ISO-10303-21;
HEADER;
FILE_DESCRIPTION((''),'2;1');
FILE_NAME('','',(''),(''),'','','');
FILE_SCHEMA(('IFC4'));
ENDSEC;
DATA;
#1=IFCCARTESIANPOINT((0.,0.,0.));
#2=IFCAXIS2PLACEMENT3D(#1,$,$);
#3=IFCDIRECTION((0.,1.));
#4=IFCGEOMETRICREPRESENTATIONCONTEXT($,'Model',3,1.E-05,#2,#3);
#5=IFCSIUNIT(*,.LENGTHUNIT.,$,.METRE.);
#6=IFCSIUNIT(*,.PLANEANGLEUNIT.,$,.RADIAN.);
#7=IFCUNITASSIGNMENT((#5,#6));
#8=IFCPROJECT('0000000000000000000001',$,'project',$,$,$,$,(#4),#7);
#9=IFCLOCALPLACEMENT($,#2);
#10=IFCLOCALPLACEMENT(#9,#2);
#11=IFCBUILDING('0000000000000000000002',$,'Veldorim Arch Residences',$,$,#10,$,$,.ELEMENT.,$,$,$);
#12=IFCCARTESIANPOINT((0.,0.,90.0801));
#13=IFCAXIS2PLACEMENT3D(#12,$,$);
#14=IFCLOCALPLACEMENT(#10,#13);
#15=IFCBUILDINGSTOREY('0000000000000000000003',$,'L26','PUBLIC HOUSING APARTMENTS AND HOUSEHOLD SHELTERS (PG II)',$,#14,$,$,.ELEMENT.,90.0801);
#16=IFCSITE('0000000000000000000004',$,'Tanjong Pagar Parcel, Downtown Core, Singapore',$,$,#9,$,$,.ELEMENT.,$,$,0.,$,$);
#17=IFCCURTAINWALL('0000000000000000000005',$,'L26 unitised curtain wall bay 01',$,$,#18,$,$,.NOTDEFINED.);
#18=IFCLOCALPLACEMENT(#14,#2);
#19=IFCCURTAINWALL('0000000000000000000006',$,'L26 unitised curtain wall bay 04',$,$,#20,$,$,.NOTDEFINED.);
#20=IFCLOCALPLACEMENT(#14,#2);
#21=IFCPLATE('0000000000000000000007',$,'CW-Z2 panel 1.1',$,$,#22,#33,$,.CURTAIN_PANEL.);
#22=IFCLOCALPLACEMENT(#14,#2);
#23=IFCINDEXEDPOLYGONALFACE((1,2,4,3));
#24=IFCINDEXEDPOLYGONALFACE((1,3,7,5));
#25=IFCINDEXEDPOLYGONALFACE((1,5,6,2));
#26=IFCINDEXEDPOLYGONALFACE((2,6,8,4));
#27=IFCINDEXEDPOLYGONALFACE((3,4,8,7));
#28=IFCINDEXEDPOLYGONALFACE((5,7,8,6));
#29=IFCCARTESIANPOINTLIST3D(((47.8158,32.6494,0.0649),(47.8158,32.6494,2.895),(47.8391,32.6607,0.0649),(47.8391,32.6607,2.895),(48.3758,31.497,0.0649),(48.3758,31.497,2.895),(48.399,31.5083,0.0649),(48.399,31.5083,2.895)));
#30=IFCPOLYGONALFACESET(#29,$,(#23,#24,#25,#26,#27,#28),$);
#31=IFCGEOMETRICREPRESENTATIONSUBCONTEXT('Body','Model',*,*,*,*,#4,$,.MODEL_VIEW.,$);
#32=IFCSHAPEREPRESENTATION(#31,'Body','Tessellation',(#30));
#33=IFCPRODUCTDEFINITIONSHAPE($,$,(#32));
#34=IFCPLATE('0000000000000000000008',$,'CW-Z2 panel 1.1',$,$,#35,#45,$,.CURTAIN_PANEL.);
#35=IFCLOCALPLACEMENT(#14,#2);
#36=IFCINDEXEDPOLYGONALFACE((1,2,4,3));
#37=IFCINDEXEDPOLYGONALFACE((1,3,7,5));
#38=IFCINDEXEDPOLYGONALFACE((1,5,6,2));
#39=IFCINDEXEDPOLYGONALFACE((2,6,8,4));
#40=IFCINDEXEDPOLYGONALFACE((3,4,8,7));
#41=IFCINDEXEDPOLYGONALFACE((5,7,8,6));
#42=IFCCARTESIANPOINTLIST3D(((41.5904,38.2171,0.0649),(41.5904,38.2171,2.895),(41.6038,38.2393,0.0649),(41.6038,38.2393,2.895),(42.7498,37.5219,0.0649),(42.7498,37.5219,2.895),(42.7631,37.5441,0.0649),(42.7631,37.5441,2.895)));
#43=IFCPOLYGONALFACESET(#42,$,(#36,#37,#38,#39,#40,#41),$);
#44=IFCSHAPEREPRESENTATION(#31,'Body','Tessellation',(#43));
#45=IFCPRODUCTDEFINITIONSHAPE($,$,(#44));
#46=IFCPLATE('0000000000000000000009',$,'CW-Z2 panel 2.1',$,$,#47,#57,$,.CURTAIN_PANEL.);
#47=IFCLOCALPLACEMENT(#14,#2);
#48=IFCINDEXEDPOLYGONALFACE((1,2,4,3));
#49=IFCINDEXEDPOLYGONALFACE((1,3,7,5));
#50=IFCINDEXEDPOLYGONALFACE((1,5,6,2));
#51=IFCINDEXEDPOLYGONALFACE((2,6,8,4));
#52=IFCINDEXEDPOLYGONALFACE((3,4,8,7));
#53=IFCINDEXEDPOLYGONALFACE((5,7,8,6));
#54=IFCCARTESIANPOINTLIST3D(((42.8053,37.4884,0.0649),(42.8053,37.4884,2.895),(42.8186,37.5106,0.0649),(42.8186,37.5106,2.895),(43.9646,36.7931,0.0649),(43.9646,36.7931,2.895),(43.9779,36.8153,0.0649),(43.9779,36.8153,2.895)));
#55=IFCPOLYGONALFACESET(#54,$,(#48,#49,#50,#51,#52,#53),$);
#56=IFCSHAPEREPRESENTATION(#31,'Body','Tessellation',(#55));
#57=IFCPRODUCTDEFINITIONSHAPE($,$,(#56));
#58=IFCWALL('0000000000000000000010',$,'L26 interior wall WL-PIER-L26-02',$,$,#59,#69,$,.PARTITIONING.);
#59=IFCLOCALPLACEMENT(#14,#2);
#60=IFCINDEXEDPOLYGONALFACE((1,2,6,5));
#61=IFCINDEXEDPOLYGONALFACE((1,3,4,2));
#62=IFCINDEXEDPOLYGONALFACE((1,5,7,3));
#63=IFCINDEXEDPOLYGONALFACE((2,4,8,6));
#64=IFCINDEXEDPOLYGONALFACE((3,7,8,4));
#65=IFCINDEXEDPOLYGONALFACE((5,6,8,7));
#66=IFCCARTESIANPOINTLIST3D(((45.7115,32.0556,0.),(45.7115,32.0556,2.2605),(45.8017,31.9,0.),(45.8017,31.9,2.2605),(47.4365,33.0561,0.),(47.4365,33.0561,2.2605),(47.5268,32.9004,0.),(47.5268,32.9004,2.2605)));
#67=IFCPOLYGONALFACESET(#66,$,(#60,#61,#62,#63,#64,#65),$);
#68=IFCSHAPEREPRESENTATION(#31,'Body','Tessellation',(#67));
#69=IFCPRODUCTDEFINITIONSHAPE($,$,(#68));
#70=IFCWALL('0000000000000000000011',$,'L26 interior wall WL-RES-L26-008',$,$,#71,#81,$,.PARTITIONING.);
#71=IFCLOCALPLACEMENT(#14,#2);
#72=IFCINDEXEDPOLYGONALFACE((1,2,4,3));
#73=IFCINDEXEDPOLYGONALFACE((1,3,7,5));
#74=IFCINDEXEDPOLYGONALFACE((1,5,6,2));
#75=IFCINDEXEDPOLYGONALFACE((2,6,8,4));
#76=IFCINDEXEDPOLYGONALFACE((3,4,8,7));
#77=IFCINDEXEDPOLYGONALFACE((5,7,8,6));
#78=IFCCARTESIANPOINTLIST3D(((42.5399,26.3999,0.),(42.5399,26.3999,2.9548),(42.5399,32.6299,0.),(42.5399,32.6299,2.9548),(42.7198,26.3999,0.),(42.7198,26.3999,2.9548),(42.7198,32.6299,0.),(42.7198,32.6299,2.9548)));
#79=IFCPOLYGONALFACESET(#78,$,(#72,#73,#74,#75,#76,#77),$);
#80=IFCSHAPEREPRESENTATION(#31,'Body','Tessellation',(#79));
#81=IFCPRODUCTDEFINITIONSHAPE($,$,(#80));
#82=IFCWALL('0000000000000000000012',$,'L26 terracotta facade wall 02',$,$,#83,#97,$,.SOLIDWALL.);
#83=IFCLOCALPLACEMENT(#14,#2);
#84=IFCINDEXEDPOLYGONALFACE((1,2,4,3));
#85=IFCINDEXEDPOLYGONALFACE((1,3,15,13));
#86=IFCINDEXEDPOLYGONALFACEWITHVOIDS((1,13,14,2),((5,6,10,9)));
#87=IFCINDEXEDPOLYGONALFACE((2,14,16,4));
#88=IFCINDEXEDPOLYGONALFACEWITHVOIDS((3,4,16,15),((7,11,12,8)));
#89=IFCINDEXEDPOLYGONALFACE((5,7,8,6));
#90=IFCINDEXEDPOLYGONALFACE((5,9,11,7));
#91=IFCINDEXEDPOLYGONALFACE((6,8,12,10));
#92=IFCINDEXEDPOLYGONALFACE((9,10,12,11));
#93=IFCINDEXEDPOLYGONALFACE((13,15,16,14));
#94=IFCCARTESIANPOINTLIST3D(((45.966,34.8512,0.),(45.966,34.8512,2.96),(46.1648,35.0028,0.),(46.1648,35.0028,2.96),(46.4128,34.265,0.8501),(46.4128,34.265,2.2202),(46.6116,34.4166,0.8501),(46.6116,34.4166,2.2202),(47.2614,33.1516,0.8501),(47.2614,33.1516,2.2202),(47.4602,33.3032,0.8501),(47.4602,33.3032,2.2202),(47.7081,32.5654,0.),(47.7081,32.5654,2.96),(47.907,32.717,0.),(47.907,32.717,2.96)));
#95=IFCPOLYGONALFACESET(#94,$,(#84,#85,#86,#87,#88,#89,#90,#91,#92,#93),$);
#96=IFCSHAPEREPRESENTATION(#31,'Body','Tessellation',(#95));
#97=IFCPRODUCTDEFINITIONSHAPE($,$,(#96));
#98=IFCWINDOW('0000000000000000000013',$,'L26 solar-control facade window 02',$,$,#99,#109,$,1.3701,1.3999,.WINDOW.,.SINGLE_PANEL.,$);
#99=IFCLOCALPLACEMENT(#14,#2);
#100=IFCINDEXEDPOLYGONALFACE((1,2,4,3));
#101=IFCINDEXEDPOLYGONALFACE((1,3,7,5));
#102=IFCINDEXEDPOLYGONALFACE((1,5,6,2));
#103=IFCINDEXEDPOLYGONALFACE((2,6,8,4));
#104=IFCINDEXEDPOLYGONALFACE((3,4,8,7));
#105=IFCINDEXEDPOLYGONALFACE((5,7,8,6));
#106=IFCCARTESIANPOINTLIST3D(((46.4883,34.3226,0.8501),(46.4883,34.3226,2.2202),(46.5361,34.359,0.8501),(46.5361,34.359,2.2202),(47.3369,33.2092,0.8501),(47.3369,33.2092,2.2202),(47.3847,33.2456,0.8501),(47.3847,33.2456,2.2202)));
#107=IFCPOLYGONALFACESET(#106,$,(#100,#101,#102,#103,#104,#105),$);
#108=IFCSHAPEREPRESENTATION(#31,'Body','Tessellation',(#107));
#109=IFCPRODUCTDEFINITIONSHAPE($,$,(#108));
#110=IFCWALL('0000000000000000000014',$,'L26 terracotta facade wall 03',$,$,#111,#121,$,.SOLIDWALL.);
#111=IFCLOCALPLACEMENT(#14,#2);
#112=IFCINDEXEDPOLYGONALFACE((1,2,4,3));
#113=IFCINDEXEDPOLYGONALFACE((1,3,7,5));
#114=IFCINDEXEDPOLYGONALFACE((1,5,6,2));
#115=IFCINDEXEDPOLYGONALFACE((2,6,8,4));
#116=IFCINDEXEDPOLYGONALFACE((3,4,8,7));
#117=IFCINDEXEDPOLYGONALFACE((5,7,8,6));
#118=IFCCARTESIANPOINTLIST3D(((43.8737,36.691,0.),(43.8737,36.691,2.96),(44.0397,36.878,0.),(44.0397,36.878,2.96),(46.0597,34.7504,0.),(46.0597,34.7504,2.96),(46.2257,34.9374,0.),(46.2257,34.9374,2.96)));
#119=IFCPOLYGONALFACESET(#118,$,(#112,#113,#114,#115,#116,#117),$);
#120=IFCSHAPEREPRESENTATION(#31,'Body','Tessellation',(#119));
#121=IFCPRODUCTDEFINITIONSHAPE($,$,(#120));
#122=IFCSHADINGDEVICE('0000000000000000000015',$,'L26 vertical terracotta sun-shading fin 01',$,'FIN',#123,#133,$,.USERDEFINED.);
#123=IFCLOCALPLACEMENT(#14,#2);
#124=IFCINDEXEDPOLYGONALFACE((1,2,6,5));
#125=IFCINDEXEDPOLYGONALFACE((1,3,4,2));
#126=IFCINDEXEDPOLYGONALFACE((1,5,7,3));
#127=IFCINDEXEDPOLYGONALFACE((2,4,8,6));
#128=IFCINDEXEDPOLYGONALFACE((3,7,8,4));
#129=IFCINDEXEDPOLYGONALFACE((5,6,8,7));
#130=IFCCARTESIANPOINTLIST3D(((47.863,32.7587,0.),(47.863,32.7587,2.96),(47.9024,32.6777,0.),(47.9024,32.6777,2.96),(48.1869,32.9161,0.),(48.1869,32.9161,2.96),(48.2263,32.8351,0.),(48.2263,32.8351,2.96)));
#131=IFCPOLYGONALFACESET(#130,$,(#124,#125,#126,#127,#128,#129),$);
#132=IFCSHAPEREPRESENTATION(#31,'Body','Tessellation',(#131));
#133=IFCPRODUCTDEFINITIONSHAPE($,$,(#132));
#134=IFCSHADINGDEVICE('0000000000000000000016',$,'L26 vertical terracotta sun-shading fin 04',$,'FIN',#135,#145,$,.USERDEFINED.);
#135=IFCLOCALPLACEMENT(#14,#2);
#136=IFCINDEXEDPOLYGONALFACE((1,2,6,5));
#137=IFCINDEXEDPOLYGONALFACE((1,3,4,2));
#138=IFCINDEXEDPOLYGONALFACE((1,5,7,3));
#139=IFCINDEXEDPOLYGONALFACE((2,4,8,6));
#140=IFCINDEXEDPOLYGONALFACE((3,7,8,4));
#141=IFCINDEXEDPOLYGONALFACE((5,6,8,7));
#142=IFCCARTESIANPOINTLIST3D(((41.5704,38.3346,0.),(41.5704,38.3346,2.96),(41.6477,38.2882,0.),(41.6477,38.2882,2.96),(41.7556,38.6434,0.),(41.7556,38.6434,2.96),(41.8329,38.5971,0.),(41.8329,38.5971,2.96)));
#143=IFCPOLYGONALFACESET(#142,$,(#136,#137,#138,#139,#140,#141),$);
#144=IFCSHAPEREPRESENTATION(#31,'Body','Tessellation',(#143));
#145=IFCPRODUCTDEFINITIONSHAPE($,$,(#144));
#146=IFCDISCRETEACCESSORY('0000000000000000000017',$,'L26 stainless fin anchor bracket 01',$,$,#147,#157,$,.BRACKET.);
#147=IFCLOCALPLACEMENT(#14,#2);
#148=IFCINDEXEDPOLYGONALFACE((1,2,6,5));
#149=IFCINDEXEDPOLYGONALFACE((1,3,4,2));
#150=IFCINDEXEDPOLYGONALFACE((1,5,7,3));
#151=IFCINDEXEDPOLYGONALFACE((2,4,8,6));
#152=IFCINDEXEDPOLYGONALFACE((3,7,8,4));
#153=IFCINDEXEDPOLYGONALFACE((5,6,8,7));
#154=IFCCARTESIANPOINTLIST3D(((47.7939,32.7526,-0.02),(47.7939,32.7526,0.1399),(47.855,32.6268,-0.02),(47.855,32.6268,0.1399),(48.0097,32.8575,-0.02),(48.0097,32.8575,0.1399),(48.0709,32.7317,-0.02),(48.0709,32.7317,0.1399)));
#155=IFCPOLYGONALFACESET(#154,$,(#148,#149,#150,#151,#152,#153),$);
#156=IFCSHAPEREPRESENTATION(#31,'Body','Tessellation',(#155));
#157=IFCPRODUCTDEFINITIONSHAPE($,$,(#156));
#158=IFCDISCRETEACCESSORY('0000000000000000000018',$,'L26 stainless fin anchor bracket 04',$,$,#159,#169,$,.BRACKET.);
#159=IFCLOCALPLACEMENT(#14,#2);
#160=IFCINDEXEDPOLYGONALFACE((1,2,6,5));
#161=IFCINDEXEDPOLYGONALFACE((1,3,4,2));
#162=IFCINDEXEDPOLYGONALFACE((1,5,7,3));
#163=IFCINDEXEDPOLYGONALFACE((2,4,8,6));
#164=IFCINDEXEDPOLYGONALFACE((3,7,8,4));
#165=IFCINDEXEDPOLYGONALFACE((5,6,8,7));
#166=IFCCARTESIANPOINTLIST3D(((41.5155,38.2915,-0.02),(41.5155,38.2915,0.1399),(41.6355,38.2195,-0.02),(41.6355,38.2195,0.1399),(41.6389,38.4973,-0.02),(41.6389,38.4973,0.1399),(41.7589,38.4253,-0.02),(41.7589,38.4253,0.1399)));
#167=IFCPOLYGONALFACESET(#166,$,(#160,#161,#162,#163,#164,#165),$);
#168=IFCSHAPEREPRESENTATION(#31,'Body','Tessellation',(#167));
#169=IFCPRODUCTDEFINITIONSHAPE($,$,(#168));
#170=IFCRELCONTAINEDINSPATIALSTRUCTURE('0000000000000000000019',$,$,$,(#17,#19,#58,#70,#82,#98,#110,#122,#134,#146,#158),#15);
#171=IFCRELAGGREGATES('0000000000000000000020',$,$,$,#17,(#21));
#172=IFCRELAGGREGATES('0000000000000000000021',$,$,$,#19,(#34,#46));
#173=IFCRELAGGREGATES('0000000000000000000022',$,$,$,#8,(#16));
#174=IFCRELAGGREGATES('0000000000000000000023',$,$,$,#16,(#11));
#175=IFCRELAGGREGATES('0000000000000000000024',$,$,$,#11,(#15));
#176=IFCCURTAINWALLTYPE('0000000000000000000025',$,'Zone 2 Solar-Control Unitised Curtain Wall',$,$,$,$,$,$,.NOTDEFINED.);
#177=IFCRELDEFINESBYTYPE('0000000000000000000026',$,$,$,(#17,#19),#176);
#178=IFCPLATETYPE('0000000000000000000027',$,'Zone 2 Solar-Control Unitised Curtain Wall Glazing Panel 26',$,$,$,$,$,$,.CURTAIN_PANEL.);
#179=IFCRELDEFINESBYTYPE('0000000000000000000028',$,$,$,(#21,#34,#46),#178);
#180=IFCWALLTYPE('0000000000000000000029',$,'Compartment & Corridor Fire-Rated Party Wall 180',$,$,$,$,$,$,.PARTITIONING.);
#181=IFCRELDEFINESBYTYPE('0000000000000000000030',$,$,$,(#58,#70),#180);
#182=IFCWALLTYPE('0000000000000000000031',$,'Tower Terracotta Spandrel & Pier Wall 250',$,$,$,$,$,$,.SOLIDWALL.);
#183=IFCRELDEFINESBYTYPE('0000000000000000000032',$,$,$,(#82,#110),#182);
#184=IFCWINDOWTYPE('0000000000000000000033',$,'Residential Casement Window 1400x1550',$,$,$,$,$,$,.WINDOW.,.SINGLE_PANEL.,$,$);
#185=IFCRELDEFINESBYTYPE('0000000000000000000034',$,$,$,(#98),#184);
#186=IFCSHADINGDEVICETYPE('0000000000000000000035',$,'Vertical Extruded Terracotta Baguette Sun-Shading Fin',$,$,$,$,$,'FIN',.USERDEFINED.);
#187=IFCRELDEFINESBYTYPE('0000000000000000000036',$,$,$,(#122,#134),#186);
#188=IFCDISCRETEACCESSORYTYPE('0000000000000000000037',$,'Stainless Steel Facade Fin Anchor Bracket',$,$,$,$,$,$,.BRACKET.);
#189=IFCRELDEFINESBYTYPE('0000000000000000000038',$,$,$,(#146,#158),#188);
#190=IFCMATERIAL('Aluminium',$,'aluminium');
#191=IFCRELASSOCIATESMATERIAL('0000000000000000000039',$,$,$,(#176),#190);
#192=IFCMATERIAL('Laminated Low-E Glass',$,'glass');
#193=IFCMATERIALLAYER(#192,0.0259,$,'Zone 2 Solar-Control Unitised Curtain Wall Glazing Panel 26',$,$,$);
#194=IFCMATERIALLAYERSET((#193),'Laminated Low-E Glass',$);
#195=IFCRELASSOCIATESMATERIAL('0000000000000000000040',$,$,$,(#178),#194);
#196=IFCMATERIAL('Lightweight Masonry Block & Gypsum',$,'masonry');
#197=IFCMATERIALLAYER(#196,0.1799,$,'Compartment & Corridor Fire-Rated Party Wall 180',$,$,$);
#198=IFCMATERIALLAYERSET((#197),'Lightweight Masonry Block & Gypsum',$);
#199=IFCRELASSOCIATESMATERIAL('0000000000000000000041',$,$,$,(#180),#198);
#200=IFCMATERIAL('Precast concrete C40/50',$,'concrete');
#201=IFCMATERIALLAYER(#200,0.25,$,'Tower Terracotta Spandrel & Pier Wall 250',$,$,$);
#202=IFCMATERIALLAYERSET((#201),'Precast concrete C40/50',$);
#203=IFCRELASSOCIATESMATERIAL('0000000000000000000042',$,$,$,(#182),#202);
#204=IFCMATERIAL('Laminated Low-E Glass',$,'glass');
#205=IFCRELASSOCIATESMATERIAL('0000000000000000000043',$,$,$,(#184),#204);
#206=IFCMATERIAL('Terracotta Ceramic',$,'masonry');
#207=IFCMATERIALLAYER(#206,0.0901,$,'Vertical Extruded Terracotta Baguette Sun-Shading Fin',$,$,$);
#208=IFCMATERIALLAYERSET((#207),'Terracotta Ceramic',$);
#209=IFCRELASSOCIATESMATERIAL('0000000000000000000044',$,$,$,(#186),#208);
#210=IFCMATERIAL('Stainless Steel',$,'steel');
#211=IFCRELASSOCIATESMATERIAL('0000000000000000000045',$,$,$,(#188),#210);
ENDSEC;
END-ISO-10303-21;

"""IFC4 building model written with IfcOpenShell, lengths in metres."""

from ifc_helpers import new_model, si_unit, direction, frame, frame_2d, origin, origin_2d, place, context, subcontext, project, spatial, rectangle, extrude, material, layer, layer_set, type_object, element, fill, aggregate, save


model = new_model("IFC4")

# Units and contexts
model_context = context("Model", 3, precision=1e-05, world=origin(), true_north=direction((0.0, 1.0)))
body_context = subcontext(model_context, "Body", "Model", "MODEL_VIEW")
ifc_project = project(units=[si_unit("LENGTHUNIT", "METRE"), si_unit("PLANEANGLEUNIT", "RADIAN")], contexts=[model_context])

# Site, building, storey
site_placement = place(None, origin())
site = spatial("IfcSite", under=ifc_project, at=site_placement, Name="Tanjong Pagar Parcel, Downtown Core, Singapore", CompositionType="ELEMENT", RefElevation=0.0)
building_placement = place(site_placement, origin())
building = spatial("IfcBuilding", under=site, at=building_placement, Name="Veldorim Arch Residences", CompositionType="ELEMENT")
storey_placement = place(building_placement, frame((0.0, 0.0, 90.0801)))
storey = spatial("IfcBuildingStorey", under=building, at=storey_placement, Name="L26", Description="PUBLIC HOUSING APARTMENTS AND HOUSEHOLD SHELTERS (PG II)", CompositionType="ELEMENT", Elevation=90.0801)

# Curtain wall
ifc_material_1 = material(Name="Aluminium", Category="aluminium")
curtain_wall_type = type_object("IfcCurtainWallType", Name="Zone 2 Solar-Control Unitised Curtain Wall", PredefinedType="NOTDEFINED", material=ifc_material_1)
curtain_wall_1_placement = place(storey_placement, origin())
curtain_wall_1 = element("IfcCurtainWall", 1, at=curtain_wall_1_placement, inside=storey, type_object=curtain_wall_type, Name="L26 unitised curtain wall bay 01", PredefinedType="NOTDEFINED")

# Curtain wall
curtain_wall_2_placement = place(storey_placement, origin())
curtain_wall_2 = element("IfcCurtainWall", 2, at=curtain_wall_2_placement, inside=storey, type_object=curtain_wall_type, Name="L26 unitised curtain wall bay 04", PredefinedType="NOTDEFINED")

# Plates
ifc_material_2 = material(Name="Laminated Low-E Glass", Category="glass")
ifc_layer_1 = layer(ifc_material_2, 0.0259, Name="Zone 2 Solar-Control Unitised Curtain Wall Glazing Panel 26")
ifc_layer_set_1 = layer_set([ifc_layer_1], Name="Laminated Low-E Glass")
plate_type = type_object("IfcPlateType", Name="Zone 2 Solar-Control Unitised Curtain Wall Glazing Panel 26", PredefinedType="CURTAIN_PANEL", material=ifc_layer_set_1)
plate_1_placement = place(storey_placement, frame((48.1074, 32.0789, 0.0649), z_axis=(0.0, 0.0, 1.0), x_axis=(0.437046, -0.899439, 0.0)))
plate_1 = element("IfcPlate", 3, at=plate_1_placement, type_object=plate_type, Name="CW-Z2 panel 1.1", PredefinedType="CURTAIN_PANEL", context=body_context, shape_type="SweptSolid", body=[
    extrude(rectangle(XDim=1.2812, YDim=0.0259, at=origin_2d()), origin(), (0.0, 0.0, 1.0), 2.8301),
])
aggregate(curtain_wall_1, [plate_1])
plate_2_placement = place(storey_placement, frame((42.1768, 37.8806, 0.0649), z_axis=(0.0, 0.0, 1.0), x_axis=(0.857602, -0.514313, 0.0)))
plate_2 = element("IfcPlate", 4, at=plate_2_placement, type_object=plate_type, Name="CW-Z2 panel 1.1", PredefinedType="CURTAIN_PANEL", context=body_context, shape_type="SweptSolid", body=[
    extrude(rectangle(XDim=1.3518, YDim=0.0259, at=origin_2d()), origin(), (0.0, 0.0, 1.0), 2.8301),
])
plate_3_placement = place(storey_placement, frame((43.3916, 37.1519, 0.0649), z_axis=(0.0, 0.0, 1.0), x_axis=(0.857602, -0.514313, 0.0)))
plate_3 = element("IfcPlate", 5, at=plate_3_placement, type_object=plate_type, Name="CW-Z2 panel 2.1", PredefinedType="CURTAIN_PANEL", context=body_context, shape_type="SweptSolid", body=[
    extrude(rectangle(XDim=1.3518, YDim=0.0259, at=origin_2d()), origin(), (0.0, 0.0, 1.0), 2.8301),
])
aggregate(curtain_wall_2, [plate_2, plate_3])

# Walls
ifc_material_3 = material(Name="Lightweight Masonry Block & Gypsum", Category="masonry")
ifc_layer_2 = layer(ifc_material_3, 0.1799, Name="Compartment & Corridor Fire-Rated Party Wall 180")
ifc_layer_set_2 = layer_set([ifc_layer_2], Name="Lightweight Masonry Block & Gypsum")
wall_type_1 = type_object("IfcWallType", Name="Compartment & Corridor Fire-Rated Party Wall 180", PredefinedType="PARTITIONING", material=ifc_layer_set_2)
wall_1_placement = place(storey_placement, frame((45.7566, 31.9778, 0.0), z_axis=(0.0, 0.0, 1.0), x_axis=(0.865046, 0.501692, 0.0)))
element("IfcWall", 6, at=wall_1_placement, inside=storey, type_object=wall_type_1, Name="L26 interior wall WL-PIER-L26-02", PredefinedType="PARTITIONING", context=body_context, shape_type="SweptSolid", body=[
    extrude(rectangle(XDim=1.9941, YDim=0.1799, at=frame_2d((0.9971, 0.0))), origin(), (0.0, 0.0, 1.0), 2.2605),
])
wall_2_placement = place(storey_placement, frame((42.6299, 32.6299, 0.0), z_axis=(0.0, 0.0, 1.0), x_axis=(0.0, -1.0, 0.0)))
element("IfcWall", 7, at=wall_2_placement, inside=storey, type_object=wall_type_1, Name="L26 interior wall WL-RES-L26-008", PredefinedType="PARTITIONING", context=body_context, shape_type="SweptSolid", body=[
    extrude(rectangle(XDim=6.23, YDim=0.1799, at=frame_2d((3.115, 0.0))), origin(), (0.0, 0.0, 1.0), 2.9548),
])

# Wall, opening, window
ifc_material_4 = material(Name="Precast concrete C40/50", Category="concrete")
ifc_layer_3 = layer(ifc_material_4, 0.25, Name="Tower Terracotta Spandrel & Pier Wall 250")
ifc_layer_set_3 = layer_set([ifc_layer_3], Name="Precast concrete C40/50")
wall_type_2 = type_object("IfcWallType", Name="Tower Terracotta Spandrel & Pier Wall 250", PredefinedType="SOLIDWALL", material=ifc_layer_set_3)
wall_3_placement = place(storey_placement, frame((46.0654, 34.927, 0.0), z_axis=(0.0, 0.0, 1.0), x_axis=(0.606166, -0.795338, 0.0)))
wall_3 = element("IfcWall", 8, at=wall_3_placement, inside=storey, type_object=wall_type_2, Name="L26 terracotta facade wall 02", PredefinedType="SOLIDWALL", context=body_context, shape_type="SweptSolid", body=[
    extrude(rectangle(XDim=2.874, YDim=0.25, at=frame_2d((1.437, 0.0))), origin(), (0.0, 0.0, 1.0), 2.96),
])
opening_placement = place(wall_3_placement, frame((0.7371, 0.0, 0.8501)))
opening = element("IfcOpeningElement", 9, at=opening_placement, cuts=wall_3, PredefinedType="OPENING", context=body_context, shape_type="SweptSolid", body=[
    extrude(rectangle(XDim=1.3999, YDim=1.3701, at=frame_2d((0.7, 0.6851))), frame((0.0, 0.135, 0.0), z_axis=(0.0, -1.0, 0.0), x_axis=(1.0, 0.0, 0.0)), (0.0, 0.0, 1.0), 0.27),
])
ifc_material_5 = material(Name="Laminated Low-E Glass", Category="glass")
window_type = type_object("IfcWindowType", Name="Residential Casement Window 1400x1550", PartitioningType="SINGLE_PANEL", PredefinedType="WINDOW", material=ifc_material_5)
window_placement = place(opening_placement, origin())
window = element("IfcWindow", 10, at=window_placement, inside=storey, type_object=window_type, Name="L26 solar-control facade window 02", OverallHeight=1.3701, OverallWidth=1.3999, PartitioningType="SINGLE_PANEL", PredefinedType="WINDOW", context=body_context, shape_type="SweptSolid", body=[
    extrude(rectangle(XDim=1.3999, YDim=1.3701, at=frame_2d((0.7, 0.6851))), frame((0.0, 0.03, 0.0), z_axis=(0.0, -1.0, 0.0), x_axis=(1.0, 0.0, 0.0)), (0.0, 0.0, 1.0), 0.0601),
])
fill(opening, window)

# Wall
wall_4_placement = place(storey_placement, frame((43.9568, 36.7844, 0.0), z_axis=(0.0, 0.0, 1.0), x_axis=(0.747828, -0.663892, 0.0)))
element("IfcWall", 11, at=wall_4_placement, inside=storey, type_object=wall_type_2, Name="L26 terracotta facade wall 03", PredefinedType="SOLIDWALL", context=body_context, shape_type="SweptSolid", body=[
    extrude(rectangle(XDim=2.9231, YDim=0.25, at=frame_2d((1.4614, 0.0))), origin(), (0.0, 0.0, 1.0), 2.96),
])

# Shading devices
ifc_material_6 = material(Name="Terracotta Ceramic", Category="masonry")
ifc_layer_4 = layer(ifc_material_6, 0.0901, Name="Vertical Extruded Terracotta Baguette Sun-Shading Fin")
ifc_layer_set_4 = layer_set([ifc_layer_4], Name="Terracotta Ceramic")
shading_device_type = type_object("IfcShadingDeviceType", Name="Vertical Extruded Terracotta Baguette Sun-Shading Fin", ElementType="FIN", PredefinedType="USERDEFINED", material=ifc_layer_set_4)
for number, where, z_axis, x_axis, name in (
    (12, (48.0447, 32.7969, 0.0), (0.0, 0.0, 1.0), (0.437116, -0.899405, 0.0), "L26 vertical terracotta sun-shading fin 01"),
    (13, (41.7017, 38.4658, 0.0), (0.0, 0.0, 1.0), (0.857616, -0.51429, 0.0), "L26 vertical terracotta sun-shading fin 04"),
):
    element("IfcShadingDevice", number, at=place(storey_placement, frame(where, z_axis=z_axis, x_axis=x_axis)), inside=storey, type_object=shading_device_type, Name=name, ObjectType="FIN", PredefinedType="USERDEFINED", context=body_context, shape_type="SweptSolid", body=[
        extrude(rectangle(XDim=0.0901, YDim=0.3601, at=origin_2d()), origin(), (0.0, 0.0, 1.0), 2.96),
    ])

# Discrete accessories
ifc_material_7 = material(Name="Stainless Steel", Category="steel")
discrete_accessory_type = type_object("IfcDiscreteAccessoryType", Name="Stainless Steel Facade Fin Anchor Bracket", PredefinedType="BRACKET", material=ifc_material_7)
for number, where, z_axis, x_axis, name in (
    (14, (47.9324, 32.7422, -0.02), (0.0, 0.0, 1.0), (0.437116, -0.899405, 0.0), "L26 stainless fin anchor bracket 01"),
    (15, (41.6372, 38.3584, -0.02), (0.0, 0.0, 1.0), (0.857616, -0.51429, 0.0), "L26 stainless fin anchor bracket 04"),
):
    element("IfcDiscreteAccessory", number, at=place(storey_placement, frame(where, z_axis=z_axis, x_axis=x_axis)), inside=storey, type_object=discrete_accessory_type, Name=name, PredefinedType="BRACKET", context=body_context, shape_type="SweptSolid", body=[
        extrude(rectangle(XDim=0.1399, YDim=0.24, at=origin_2d()), origin(), (0.0, 0.0, 1.0), 0.1599),
    ])

save(model, "model.ifc")
